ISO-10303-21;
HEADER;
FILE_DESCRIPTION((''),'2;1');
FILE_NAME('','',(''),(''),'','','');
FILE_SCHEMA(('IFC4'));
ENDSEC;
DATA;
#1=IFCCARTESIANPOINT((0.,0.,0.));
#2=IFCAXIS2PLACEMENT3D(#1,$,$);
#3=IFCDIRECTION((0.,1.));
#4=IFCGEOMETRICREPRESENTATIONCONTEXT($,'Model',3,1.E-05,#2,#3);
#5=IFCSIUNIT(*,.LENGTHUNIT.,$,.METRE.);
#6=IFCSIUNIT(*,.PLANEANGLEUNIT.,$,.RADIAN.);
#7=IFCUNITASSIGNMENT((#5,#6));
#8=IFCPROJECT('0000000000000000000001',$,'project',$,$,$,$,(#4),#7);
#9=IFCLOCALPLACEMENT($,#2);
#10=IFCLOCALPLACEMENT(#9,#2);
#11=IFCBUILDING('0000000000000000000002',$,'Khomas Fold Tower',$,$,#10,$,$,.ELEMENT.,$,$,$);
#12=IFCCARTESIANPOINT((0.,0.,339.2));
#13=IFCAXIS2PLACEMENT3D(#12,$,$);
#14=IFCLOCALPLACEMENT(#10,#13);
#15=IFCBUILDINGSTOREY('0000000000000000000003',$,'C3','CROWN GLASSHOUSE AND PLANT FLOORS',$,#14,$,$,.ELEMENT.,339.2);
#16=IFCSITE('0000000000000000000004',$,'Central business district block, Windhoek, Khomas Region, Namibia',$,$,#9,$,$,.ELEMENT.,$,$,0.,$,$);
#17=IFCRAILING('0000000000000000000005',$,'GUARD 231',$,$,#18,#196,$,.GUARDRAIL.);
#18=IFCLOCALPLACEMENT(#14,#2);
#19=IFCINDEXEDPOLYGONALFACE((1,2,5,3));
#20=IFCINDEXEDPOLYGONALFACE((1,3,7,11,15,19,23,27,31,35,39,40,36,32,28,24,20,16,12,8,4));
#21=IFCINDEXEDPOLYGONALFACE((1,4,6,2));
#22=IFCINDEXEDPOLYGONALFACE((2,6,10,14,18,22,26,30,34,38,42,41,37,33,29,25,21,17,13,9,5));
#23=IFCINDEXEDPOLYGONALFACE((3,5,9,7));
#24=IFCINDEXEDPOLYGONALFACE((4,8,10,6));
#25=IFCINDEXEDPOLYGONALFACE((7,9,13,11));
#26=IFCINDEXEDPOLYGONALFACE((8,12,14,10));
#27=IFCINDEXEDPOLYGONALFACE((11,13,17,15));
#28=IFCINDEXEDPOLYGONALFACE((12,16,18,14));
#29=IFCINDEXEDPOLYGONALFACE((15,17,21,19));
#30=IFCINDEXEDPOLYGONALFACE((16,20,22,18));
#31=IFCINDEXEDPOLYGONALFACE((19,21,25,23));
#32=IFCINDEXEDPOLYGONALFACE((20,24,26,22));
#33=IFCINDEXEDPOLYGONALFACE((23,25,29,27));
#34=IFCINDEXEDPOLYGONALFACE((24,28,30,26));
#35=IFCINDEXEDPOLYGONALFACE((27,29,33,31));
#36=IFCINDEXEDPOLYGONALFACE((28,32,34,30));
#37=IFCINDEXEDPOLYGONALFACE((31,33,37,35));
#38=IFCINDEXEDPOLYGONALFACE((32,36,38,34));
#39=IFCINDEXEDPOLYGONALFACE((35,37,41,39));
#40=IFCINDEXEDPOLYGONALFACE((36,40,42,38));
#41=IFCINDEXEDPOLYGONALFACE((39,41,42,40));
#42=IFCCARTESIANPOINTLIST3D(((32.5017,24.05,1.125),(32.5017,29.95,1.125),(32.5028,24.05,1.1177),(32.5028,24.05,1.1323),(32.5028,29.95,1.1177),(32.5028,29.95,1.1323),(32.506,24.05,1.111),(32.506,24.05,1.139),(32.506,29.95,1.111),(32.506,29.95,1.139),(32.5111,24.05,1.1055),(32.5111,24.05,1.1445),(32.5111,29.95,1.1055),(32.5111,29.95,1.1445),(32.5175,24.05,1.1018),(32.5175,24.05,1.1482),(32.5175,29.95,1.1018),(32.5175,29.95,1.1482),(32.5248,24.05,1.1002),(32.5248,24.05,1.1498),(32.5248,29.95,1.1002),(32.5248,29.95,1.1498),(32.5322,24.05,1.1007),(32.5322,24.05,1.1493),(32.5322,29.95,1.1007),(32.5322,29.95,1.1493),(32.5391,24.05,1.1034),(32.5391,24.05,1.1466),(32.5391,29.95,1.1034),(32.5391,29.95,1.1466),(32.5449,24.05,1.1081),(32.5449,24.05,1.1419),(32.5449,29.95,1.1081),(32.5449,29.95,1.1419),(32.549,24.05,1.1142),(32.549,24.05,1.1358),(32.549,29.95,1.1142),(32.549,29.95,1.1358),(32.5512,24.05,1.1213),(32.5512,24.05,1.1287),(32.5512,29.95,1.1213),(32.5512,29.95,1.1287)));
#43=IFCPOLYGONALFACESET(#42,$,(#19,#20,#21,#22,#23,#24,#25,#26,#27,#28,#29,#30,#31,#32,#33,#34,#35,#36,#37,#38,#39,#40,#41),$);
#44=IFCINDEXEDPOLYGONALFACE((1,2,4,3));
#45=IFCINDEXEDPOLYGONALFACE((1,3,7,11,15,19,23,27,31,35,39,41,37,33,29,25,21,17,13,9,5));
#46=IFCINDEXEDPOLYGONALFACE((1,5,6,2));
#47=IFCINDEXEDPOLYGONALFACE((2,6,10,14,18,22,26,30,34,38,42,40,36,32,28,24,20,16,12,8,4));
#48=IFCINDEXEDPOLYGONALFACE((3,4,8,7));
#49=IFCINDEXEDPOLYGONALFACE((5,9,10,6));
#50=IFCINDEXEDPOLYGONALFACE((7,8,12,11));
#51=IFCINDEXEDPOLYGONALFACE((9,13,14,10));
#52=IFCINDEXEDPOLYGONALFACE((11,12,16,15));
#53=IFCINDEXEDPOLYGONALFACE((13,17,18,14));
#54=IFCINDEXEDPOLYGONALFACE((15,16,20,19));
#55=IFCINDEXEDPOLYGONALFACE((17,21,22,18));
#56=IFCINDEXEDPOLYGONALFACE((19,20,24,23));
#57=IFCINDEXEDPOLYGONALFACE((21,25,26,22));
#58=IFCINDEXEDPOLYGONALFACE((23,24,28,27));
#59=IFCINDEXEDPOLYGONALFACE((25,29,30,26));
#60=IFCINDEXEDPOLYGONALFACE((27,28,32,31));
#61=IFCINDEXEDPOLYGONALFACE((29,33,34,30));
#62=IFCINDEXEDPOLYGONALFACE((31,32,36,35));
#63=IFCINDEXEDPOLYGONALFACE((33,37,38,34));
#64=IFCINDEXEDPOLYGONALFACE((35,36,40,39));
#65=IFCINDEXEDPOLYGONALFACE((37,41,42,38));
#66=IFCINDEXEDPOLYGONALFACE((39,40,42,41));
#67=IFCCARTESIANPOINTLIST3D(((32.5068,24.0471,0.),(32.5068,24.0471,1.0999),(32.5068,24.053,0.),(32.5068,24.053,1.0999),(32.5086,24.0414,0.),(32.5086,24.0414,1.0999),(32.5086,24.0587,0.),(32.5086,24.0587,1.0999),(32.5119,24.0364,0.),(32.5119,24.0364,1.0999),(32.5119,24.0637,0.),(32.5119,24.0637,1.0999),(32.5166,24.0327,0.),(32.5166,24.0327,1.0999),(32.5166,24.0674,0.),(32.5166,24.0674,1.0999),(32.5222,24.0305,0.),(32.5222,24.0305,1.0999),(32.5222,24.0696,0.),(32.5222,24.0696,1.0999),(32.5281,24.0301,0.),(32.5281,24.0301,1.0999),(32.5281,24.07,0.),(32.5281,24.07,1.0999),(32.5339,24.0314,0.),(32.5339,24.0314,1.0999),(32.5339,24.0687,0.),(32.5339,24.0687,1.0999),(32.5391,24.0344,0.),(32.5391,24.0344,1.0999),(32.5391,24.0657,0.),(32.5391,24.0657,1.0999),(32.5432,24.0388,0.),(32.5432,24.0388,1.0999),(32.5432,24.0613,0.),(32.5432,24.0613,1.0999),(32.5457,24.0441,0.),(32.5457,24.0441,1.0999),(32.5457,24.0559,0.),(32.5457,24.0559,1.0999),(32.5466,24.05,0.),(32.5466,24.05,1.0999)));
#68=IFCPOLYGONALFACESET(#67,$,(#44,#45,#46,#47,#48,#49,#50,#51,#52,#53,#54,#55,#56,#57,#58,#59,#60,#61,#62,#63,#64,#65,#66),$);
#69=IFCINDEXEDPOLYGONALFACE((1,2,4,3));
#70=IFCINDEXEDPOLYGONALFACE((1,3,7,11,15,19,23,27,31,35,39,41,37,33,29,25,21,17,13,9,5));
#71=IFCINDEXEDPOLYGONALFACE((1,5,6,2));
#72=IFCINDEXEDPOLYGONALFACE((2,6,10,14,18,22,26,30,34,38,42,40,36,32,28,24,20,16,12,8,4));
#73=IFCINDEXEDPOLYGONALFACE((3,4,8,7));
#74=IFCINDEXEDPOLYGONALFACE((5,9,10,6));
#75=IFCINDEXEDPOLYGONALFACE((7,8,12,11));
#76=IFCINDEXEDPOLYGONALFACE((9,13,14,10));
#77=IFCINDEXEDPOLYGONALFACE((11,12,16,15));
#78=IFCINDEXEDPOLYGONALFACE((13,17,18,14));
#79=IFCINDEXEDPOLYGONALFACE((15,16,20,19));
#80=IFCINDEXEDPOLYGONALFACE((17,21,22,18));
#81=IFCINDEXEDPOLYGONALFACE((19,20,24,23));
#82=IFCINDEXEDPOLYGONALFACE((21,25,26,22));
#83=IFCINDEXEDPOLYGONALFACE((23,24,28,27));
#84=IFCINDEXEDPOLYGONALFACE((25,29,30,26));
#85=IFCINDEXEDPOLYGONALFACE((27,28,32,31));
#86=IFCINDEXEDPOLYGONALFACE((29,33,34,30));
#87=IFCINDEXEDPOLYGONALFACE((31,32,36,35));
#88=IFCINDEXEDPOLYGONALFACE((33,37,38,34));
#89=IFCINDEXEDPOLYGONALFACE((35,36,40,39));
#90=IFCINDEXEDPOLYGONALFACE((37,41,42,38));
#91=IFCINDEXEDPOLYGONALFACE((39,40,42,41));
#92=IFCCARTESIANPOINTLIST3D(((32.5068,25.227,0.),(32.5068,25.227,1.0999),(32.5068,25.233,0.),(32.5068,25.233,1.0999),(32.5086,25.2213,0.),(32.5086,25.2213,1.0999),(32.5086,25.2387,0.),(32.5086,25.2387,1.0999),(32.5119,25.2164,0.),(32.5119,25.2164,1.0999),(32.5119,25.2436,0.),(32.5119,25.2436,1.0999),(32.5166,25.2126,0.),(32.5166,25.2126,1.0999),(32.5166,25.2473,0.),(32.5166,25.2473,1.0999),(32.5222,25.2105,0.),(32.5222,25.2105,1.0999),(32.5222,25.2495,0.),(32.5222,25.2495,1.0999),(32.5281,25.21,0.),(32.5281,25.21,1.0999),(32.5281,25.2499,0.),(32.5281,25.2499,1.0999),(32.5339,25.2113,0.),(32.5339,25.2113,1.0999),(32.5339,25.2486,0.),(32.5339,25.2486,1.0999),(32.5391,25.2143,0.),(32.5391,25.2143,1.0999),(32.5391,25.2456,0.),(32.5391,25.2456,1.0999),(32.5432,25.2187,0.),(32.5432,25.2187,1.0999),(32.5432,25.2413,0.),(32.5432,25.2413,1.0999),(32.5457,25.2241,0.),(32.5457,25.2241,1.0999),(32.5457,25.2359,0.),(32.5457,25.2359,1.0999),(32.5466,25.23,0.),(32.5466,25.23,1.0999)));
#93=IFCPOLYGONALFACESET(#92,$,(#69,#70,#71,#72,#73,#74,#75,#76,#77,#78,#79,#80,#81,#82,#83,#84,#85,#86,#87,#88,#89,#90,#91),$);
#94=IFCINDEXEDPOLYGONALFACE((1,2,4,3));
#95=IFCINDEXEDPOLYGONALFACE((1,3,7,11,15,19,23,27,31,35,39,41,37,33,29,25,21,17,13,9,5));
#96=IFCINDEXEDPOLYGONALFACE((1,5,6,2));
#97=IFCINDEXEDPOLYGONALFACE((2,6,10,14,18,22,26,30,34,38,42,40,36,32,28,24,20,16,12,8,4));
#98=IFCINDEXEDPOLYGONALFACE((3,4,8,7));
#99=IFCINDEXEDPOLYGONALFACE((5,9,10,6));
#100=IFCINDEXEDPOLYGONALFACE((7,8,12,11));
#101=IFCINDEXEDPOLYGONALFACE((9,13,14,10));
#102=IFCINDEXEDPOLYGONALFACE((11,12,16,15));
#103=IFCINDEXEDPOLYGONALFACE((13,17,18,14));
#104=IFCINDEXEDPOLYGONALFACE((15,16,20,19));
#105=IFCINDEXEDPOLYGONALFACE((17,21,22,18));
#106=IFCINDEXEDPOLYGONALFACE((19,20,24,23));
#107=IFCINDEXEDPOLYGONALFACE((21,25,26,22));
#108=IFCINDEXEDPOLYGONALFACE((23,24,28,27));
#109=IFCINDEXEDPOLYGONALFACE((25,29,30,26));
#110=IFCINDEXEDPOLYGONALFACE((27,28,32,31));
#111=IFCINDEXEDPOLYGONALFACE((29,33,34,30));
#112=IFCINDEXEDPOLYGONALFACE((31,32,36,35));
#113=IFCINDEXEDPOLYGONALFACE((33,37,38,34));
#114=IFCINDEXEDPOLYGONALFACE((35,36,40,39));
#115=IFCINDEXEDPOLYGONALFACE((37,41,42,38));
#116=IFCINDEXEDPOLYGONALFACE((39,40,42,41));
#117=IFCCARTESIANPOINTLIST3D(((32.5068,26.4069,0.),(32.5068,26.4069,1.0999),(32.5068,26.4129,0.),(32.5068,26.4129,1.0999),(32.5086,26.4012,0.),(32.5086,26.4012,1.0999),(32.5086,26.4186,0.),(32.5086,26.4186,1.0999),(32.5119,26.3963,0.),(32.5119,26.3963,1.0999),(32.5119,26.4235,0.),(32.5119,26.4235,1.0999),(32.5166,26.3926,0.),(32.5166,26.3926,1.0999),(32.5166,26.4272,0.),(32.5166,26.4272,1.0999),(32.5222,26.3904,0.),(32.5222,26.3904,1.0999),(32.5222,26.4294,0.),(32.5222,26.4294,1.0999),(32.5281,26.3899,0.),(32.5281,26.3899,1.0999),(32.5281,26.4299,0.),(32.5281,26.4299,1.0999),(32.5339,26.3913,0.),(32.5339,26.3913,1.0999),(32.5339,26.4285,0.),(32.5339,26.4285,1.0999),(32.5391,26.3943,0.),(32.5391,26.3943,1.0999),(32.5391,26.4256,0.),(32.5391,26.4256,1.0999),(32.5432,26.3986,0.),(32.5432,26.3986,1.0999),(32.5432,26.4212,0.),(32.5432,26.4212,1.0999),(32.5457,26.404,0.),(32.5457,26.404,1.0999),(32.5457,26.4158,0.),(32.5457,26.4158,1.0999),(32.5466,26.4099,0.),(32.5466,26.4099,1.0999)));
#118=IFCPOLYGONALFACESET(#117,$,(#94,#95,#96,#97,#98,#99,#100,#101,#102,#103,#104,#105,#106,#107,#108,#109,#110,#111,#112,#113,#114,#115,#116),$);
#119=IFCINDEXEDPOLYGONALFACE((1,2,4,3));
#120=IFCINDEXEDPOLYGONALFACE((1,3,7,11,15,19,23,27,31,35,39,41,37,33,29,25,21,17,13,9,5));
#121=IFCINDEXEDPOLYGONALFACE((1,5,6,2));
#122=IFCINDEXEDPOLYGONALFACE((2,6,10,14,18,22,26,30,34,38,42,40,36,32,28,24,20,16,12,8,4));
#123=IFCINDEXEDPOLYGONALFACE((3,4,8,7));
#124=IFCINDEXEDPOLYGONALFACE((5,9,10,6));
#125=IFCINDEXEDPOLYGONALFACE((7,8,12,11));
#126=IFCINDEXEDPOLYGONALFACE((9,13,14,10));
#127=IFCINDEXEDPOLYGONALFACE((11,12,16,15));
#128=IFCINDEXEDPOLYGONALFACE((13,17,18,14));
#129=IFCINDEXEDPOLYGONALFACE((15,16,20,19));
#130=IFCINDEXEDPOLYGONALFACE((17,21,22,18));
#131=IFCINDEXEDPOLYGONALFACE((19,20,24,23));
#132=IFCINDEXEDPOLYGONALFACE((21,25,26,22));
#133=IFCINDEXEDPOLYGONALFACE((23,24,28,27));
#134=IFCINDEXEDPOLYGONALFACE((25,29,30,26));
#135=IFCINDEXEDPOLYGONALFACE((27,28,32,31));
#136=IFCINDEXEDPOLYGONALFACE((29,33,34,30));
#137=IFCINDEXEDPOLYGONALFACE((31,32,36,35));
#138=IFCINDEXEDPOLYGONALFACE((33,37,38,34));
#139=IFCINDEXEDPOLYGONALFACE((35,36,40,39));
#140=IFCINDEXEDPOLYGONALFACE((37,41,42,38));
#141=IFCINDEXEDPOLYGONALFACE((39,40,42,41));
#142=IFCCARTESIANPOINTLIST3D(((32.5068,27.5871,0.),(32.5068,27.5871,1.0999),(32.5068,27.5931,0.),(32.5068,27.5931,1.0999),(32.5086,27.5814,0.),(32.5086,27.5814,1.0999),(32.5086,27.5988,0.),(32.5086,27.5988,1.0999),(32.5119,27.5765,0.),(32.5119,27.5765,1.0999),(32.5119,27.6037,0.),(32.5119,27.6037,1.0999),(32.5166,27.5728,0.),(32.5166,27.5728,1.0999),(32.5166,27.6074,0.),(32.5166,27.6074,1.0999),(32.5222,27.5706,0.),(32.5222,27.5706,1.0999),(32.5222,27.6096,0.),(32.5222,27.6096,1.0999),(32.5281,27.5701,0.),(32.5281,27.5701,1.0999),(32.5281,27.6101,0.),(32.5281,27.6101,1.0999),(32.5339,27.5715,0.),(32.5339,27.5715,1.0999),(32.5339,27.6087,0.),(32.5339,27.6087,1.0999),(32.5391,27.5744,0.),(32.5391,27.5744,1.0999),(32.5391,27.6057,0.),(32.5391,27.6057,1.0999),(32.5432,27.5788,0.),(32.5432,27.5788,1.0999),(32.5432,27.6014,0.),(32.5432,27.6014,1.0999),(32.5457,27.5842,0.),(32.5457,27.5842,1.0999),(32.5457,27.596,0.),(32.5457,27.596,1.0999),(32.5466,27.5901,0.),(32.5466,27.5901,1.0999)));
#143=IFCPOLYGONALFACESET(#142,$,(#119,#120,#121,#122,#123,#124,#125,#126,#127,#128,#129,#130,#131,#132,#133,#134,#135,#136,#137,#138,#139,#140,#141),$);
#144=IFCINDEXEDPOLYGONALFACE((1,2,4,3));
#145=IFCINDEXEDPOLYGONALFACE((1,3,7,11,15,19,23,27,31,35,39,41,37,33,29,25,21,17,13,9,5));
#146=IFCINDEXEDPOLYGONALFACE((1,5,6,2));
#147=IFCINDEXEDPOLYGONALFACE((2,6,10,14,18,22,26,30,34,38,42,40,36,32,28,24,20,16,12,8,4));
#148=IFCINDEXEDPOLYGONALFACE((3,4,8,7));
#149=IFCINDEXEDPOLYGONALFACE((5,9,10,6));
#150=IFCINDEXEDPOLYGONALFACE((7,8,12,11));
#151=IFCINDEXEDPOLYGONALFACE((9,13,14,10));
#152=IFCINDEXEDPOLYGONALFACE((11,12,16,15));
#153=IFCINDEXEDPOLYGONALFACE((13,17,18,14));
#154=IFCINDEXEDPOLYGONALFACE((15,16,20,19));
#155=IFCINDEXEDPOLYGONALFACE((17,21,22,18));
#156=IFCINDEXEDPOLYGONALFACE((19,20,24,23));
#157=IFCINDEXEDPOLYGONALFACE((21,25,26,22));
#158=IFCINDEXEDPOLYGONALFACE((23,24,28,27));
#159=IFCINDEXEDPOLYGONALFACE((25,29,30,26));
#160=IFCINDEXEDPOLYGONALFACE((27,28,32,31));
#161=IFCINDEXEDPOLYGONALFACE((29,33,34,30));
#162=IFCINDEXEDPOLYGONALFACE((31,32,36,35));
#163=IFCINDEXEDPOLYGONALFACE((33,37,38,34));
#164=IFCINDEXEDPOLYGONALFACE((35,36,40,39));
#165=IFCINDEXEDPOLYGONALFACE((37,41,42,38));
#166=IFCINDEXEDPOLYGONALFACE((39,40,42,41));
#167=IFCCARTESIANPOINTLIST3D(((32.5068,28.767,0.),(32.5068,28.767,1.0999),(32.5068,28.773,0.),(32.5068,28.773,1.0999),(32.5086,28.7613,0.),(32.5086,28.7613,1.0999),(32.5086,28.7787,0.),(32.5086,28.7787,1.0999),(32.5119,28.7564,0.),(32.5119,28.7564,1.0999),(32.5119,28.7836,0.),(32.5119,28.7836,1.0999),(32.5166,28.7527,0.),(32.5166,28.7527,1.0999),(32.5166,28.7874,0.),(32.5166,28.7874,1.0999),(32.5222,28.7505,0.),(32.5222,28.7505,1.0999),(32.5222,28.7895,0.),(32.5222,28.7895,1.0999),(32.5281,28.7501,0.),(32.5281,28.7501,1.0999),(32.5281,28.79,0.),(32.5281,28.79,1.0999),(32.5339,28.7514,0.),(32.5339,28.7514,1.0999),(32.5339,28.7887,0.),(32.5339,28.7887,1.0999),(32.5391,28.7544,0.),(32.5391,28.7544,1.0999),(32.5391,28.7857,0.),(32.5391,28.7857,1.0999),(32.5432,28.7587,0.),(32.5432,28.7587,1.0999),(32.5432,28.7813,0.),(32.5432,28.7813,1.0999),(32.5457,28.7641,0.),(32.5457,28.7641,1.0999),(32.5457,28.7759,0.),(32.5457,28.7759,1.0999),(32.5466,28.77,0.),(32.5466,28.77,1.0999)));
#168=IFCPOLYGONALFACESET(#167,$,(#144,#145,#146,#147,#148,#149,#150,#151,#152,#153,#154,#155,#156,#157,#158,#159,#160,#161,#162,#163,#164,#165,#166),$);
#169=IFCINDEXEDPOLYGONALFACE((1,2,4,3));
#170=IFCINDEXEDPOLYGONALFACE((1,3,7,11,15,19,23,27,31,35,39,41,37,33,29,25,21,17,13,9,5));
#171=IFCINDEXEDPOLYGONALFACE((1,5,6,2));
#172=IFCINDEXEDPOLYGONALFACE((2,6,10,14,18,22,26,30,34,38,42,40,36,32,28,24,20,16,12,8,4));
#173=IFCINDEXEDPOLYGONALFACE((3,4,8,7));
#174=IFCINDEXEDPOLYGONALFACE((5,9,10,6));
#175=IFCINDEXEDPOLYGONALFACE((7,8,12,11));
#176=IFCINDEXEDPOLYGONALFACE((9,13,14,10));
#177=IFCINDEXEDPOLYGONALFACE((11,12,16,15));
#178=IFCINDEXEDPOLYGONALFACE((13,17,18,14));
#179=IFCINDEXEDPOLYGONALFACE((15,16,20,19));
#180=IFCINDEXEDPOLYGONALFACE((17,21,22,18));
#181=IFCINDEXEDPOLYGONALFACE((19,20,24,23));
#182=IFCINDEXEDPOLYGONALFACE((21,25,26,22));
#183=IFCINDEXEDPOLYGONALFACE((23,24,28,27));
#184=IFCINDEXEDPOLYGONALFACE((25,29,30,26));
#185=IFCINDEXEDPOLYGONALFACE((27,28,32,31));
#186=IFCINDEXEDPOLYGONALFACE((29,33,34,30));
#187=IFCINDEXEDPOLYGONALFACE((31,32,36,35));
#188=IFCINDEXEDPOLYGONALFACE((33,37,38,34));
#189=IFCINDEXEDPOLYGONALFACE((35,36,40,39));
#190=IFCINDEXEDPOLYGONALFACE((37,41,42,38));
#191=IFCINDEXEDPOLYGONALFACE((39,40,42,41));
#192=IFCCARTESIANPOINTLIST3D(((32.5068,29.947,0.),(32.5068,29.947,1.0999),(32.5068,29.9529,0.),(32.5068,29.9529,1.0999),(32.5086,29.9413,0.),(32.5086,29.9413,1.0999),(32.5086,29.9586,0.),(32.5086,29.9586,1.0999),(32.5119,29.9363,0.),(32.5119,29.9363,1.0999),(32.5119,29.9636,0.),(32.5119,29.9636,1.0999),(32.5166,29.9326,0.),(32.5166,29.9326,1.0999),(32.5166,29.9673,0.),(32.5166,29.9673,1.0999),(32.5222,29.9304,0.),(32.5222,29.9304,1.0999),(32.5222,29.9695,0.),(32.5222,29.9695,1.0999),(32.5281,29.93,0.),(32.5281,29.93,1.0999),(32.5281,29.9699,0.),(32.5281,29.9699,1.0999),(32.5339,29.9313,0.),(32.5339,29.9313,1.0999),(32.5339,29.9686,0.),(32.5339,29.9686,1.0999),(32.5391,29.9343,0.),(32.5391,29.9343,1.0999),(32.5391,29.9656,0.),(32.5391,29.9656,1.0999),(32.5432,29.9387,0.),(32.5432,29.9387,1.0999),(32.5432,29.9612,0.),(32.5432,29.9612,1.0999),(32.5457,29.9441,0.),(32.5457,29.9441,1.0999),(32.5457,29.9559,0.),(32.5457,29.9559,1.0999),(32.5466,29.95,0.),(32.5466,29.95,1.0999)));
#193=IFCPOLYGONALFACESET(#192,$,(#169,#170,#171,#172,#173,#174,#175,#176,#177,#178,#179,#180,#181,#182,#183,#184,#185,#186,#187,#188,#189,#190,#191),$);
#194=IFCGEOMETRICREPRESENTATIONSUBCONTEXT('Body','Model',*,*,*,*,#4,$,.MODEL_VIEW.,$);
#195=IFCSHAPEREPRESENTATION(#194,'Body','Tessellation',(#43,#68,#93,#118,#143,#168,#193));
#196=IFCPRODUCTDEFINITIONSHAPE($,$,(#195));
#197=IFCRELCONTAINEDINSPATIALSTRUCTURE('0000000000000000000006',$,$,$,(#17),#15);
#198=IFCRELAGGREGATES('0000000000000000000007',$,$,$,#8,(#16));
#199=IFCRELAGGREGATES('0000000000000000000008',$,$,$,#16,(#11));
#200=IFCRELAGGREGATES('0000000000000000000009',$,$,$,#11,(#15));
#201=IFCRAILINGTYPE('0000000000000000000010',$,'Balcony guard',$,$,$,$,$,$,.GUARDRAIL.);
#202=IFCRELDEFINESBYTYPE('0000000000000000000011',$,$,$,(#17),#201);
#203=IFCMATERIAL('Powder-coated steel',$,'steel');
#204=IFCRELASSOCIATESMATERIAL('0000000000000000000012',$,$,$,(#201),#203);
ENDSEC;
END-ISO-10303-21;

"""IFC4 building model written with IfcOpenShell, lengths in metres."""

from ifc_helpers import new_model, si_unit, direction, frame, origin, origin_2d, place, context, subcontext, project, spatial, circle, extrude, source, transform, mapped, material, type_object, element, save


model = new_model("IFC4")

# Units and contexts
model_context = context("Model", 3, precision=1e-05, world=origin(), true_north=direction((0.0, 1.0)))
body_context = subcontext(model_context, "Body", "Model", "MODEL_VIEW")
ifc_project = project(units=[si_unit("LENGTHUNIT", "METRE"), si_unit("PLANEANGLEUNIT", "RADIAN")], contexts=[model_context])

# Site, building, storey
site_placement = place(None, origin())
site = spatial("IfcSite", under=ifc_project, at=site_placement, Name="Central business district block, Windhoek, Khomas Region, Namibia", CompositionType="ELEMENT", RefElevation=0.0)
building_placement = place(site_placement, origin())
building = spatial("IfcBuilding", under=site, at=building_placement, Name="Khomas Fold Tower", CompositionType="ELEMENT")
storey_placement = place(building_placement, frame((0.0, 0.0, 339.2)))
storey = spatial("IfcBuildingStorey", under=building, at=storey_placement, Name="C3", Description="CROWN GLASSHOUSE AND PLANT FLOORS", CompositionType="ELEMENT", Elevation=339.2)

# Railing
ifc_material_1 = material(Name="Powder-coated steel", Category="steel")
railing_type = type_object("IfcRailingType", Name="Balcony guard", PredefinedType="GUARDRAIL", material=ifc_material_1)
shared_shape_1 = source(origin(), body_context, "Body", "SweptSolid", [
    extrude(circle(Radius=0.0249, at=origin_2d()), frame((0.0, 0.0, 1.125), z_axis=(0.0, 1.0, 0.0), x_axis=(-1.0, 0.0, 0.0)), (0.0, 0.0, 1.0), 5.8999),
    extrude(circle(Radius=0.02, at=origin_2d()), origin(), (0.0, 0.0, 1.0), 1.0999),
    extrude(circle(Radius=0.02, at=origin_2d()), frame((0.0, 1.1799, 0.0)), (0.0, 0.0, 1.0), 1.0999),
    extrude(circle(Radius=0.02, at=origin_2d()), frame((0.0, 2.3599, 0.0)), (0.0, 0.0, 1.0), 1.0999),
    extrude(circle(Radius=0.02, at=origin_2d()), frame((0.0, 3.54, 0.0)), (0.0, 0.0, 1.0), 1.0999),
    extrude(circle(Radius=0.02, at=origin_2d()), frame((0.0, 4.72, 0.0)), (0.0, 0.0, 1.0), 1.0999),
    extrude(circle(Radius=0.02, at=origin_2d()), frame((0.0, 5.8999, 0.0)), (0.0, 0.0, 1.0), 1.0999),
])
for number, where, name in (
    (1, (32.5266, 24.05, 0.0), "GUARD 231"),
):
    element("IfcRailing", number, at=place(storey_placement, frame(where)), inside=storey, type_object=railing_type, Name=name, PredefinedType="GUARDRAIL", context=body_context, shape_type="MappedRepresentation", body=[
        mapped(shared_shape_1, transform((0.0, 0.0, 0.0))),
    ])

save(model, "model.ifc")
